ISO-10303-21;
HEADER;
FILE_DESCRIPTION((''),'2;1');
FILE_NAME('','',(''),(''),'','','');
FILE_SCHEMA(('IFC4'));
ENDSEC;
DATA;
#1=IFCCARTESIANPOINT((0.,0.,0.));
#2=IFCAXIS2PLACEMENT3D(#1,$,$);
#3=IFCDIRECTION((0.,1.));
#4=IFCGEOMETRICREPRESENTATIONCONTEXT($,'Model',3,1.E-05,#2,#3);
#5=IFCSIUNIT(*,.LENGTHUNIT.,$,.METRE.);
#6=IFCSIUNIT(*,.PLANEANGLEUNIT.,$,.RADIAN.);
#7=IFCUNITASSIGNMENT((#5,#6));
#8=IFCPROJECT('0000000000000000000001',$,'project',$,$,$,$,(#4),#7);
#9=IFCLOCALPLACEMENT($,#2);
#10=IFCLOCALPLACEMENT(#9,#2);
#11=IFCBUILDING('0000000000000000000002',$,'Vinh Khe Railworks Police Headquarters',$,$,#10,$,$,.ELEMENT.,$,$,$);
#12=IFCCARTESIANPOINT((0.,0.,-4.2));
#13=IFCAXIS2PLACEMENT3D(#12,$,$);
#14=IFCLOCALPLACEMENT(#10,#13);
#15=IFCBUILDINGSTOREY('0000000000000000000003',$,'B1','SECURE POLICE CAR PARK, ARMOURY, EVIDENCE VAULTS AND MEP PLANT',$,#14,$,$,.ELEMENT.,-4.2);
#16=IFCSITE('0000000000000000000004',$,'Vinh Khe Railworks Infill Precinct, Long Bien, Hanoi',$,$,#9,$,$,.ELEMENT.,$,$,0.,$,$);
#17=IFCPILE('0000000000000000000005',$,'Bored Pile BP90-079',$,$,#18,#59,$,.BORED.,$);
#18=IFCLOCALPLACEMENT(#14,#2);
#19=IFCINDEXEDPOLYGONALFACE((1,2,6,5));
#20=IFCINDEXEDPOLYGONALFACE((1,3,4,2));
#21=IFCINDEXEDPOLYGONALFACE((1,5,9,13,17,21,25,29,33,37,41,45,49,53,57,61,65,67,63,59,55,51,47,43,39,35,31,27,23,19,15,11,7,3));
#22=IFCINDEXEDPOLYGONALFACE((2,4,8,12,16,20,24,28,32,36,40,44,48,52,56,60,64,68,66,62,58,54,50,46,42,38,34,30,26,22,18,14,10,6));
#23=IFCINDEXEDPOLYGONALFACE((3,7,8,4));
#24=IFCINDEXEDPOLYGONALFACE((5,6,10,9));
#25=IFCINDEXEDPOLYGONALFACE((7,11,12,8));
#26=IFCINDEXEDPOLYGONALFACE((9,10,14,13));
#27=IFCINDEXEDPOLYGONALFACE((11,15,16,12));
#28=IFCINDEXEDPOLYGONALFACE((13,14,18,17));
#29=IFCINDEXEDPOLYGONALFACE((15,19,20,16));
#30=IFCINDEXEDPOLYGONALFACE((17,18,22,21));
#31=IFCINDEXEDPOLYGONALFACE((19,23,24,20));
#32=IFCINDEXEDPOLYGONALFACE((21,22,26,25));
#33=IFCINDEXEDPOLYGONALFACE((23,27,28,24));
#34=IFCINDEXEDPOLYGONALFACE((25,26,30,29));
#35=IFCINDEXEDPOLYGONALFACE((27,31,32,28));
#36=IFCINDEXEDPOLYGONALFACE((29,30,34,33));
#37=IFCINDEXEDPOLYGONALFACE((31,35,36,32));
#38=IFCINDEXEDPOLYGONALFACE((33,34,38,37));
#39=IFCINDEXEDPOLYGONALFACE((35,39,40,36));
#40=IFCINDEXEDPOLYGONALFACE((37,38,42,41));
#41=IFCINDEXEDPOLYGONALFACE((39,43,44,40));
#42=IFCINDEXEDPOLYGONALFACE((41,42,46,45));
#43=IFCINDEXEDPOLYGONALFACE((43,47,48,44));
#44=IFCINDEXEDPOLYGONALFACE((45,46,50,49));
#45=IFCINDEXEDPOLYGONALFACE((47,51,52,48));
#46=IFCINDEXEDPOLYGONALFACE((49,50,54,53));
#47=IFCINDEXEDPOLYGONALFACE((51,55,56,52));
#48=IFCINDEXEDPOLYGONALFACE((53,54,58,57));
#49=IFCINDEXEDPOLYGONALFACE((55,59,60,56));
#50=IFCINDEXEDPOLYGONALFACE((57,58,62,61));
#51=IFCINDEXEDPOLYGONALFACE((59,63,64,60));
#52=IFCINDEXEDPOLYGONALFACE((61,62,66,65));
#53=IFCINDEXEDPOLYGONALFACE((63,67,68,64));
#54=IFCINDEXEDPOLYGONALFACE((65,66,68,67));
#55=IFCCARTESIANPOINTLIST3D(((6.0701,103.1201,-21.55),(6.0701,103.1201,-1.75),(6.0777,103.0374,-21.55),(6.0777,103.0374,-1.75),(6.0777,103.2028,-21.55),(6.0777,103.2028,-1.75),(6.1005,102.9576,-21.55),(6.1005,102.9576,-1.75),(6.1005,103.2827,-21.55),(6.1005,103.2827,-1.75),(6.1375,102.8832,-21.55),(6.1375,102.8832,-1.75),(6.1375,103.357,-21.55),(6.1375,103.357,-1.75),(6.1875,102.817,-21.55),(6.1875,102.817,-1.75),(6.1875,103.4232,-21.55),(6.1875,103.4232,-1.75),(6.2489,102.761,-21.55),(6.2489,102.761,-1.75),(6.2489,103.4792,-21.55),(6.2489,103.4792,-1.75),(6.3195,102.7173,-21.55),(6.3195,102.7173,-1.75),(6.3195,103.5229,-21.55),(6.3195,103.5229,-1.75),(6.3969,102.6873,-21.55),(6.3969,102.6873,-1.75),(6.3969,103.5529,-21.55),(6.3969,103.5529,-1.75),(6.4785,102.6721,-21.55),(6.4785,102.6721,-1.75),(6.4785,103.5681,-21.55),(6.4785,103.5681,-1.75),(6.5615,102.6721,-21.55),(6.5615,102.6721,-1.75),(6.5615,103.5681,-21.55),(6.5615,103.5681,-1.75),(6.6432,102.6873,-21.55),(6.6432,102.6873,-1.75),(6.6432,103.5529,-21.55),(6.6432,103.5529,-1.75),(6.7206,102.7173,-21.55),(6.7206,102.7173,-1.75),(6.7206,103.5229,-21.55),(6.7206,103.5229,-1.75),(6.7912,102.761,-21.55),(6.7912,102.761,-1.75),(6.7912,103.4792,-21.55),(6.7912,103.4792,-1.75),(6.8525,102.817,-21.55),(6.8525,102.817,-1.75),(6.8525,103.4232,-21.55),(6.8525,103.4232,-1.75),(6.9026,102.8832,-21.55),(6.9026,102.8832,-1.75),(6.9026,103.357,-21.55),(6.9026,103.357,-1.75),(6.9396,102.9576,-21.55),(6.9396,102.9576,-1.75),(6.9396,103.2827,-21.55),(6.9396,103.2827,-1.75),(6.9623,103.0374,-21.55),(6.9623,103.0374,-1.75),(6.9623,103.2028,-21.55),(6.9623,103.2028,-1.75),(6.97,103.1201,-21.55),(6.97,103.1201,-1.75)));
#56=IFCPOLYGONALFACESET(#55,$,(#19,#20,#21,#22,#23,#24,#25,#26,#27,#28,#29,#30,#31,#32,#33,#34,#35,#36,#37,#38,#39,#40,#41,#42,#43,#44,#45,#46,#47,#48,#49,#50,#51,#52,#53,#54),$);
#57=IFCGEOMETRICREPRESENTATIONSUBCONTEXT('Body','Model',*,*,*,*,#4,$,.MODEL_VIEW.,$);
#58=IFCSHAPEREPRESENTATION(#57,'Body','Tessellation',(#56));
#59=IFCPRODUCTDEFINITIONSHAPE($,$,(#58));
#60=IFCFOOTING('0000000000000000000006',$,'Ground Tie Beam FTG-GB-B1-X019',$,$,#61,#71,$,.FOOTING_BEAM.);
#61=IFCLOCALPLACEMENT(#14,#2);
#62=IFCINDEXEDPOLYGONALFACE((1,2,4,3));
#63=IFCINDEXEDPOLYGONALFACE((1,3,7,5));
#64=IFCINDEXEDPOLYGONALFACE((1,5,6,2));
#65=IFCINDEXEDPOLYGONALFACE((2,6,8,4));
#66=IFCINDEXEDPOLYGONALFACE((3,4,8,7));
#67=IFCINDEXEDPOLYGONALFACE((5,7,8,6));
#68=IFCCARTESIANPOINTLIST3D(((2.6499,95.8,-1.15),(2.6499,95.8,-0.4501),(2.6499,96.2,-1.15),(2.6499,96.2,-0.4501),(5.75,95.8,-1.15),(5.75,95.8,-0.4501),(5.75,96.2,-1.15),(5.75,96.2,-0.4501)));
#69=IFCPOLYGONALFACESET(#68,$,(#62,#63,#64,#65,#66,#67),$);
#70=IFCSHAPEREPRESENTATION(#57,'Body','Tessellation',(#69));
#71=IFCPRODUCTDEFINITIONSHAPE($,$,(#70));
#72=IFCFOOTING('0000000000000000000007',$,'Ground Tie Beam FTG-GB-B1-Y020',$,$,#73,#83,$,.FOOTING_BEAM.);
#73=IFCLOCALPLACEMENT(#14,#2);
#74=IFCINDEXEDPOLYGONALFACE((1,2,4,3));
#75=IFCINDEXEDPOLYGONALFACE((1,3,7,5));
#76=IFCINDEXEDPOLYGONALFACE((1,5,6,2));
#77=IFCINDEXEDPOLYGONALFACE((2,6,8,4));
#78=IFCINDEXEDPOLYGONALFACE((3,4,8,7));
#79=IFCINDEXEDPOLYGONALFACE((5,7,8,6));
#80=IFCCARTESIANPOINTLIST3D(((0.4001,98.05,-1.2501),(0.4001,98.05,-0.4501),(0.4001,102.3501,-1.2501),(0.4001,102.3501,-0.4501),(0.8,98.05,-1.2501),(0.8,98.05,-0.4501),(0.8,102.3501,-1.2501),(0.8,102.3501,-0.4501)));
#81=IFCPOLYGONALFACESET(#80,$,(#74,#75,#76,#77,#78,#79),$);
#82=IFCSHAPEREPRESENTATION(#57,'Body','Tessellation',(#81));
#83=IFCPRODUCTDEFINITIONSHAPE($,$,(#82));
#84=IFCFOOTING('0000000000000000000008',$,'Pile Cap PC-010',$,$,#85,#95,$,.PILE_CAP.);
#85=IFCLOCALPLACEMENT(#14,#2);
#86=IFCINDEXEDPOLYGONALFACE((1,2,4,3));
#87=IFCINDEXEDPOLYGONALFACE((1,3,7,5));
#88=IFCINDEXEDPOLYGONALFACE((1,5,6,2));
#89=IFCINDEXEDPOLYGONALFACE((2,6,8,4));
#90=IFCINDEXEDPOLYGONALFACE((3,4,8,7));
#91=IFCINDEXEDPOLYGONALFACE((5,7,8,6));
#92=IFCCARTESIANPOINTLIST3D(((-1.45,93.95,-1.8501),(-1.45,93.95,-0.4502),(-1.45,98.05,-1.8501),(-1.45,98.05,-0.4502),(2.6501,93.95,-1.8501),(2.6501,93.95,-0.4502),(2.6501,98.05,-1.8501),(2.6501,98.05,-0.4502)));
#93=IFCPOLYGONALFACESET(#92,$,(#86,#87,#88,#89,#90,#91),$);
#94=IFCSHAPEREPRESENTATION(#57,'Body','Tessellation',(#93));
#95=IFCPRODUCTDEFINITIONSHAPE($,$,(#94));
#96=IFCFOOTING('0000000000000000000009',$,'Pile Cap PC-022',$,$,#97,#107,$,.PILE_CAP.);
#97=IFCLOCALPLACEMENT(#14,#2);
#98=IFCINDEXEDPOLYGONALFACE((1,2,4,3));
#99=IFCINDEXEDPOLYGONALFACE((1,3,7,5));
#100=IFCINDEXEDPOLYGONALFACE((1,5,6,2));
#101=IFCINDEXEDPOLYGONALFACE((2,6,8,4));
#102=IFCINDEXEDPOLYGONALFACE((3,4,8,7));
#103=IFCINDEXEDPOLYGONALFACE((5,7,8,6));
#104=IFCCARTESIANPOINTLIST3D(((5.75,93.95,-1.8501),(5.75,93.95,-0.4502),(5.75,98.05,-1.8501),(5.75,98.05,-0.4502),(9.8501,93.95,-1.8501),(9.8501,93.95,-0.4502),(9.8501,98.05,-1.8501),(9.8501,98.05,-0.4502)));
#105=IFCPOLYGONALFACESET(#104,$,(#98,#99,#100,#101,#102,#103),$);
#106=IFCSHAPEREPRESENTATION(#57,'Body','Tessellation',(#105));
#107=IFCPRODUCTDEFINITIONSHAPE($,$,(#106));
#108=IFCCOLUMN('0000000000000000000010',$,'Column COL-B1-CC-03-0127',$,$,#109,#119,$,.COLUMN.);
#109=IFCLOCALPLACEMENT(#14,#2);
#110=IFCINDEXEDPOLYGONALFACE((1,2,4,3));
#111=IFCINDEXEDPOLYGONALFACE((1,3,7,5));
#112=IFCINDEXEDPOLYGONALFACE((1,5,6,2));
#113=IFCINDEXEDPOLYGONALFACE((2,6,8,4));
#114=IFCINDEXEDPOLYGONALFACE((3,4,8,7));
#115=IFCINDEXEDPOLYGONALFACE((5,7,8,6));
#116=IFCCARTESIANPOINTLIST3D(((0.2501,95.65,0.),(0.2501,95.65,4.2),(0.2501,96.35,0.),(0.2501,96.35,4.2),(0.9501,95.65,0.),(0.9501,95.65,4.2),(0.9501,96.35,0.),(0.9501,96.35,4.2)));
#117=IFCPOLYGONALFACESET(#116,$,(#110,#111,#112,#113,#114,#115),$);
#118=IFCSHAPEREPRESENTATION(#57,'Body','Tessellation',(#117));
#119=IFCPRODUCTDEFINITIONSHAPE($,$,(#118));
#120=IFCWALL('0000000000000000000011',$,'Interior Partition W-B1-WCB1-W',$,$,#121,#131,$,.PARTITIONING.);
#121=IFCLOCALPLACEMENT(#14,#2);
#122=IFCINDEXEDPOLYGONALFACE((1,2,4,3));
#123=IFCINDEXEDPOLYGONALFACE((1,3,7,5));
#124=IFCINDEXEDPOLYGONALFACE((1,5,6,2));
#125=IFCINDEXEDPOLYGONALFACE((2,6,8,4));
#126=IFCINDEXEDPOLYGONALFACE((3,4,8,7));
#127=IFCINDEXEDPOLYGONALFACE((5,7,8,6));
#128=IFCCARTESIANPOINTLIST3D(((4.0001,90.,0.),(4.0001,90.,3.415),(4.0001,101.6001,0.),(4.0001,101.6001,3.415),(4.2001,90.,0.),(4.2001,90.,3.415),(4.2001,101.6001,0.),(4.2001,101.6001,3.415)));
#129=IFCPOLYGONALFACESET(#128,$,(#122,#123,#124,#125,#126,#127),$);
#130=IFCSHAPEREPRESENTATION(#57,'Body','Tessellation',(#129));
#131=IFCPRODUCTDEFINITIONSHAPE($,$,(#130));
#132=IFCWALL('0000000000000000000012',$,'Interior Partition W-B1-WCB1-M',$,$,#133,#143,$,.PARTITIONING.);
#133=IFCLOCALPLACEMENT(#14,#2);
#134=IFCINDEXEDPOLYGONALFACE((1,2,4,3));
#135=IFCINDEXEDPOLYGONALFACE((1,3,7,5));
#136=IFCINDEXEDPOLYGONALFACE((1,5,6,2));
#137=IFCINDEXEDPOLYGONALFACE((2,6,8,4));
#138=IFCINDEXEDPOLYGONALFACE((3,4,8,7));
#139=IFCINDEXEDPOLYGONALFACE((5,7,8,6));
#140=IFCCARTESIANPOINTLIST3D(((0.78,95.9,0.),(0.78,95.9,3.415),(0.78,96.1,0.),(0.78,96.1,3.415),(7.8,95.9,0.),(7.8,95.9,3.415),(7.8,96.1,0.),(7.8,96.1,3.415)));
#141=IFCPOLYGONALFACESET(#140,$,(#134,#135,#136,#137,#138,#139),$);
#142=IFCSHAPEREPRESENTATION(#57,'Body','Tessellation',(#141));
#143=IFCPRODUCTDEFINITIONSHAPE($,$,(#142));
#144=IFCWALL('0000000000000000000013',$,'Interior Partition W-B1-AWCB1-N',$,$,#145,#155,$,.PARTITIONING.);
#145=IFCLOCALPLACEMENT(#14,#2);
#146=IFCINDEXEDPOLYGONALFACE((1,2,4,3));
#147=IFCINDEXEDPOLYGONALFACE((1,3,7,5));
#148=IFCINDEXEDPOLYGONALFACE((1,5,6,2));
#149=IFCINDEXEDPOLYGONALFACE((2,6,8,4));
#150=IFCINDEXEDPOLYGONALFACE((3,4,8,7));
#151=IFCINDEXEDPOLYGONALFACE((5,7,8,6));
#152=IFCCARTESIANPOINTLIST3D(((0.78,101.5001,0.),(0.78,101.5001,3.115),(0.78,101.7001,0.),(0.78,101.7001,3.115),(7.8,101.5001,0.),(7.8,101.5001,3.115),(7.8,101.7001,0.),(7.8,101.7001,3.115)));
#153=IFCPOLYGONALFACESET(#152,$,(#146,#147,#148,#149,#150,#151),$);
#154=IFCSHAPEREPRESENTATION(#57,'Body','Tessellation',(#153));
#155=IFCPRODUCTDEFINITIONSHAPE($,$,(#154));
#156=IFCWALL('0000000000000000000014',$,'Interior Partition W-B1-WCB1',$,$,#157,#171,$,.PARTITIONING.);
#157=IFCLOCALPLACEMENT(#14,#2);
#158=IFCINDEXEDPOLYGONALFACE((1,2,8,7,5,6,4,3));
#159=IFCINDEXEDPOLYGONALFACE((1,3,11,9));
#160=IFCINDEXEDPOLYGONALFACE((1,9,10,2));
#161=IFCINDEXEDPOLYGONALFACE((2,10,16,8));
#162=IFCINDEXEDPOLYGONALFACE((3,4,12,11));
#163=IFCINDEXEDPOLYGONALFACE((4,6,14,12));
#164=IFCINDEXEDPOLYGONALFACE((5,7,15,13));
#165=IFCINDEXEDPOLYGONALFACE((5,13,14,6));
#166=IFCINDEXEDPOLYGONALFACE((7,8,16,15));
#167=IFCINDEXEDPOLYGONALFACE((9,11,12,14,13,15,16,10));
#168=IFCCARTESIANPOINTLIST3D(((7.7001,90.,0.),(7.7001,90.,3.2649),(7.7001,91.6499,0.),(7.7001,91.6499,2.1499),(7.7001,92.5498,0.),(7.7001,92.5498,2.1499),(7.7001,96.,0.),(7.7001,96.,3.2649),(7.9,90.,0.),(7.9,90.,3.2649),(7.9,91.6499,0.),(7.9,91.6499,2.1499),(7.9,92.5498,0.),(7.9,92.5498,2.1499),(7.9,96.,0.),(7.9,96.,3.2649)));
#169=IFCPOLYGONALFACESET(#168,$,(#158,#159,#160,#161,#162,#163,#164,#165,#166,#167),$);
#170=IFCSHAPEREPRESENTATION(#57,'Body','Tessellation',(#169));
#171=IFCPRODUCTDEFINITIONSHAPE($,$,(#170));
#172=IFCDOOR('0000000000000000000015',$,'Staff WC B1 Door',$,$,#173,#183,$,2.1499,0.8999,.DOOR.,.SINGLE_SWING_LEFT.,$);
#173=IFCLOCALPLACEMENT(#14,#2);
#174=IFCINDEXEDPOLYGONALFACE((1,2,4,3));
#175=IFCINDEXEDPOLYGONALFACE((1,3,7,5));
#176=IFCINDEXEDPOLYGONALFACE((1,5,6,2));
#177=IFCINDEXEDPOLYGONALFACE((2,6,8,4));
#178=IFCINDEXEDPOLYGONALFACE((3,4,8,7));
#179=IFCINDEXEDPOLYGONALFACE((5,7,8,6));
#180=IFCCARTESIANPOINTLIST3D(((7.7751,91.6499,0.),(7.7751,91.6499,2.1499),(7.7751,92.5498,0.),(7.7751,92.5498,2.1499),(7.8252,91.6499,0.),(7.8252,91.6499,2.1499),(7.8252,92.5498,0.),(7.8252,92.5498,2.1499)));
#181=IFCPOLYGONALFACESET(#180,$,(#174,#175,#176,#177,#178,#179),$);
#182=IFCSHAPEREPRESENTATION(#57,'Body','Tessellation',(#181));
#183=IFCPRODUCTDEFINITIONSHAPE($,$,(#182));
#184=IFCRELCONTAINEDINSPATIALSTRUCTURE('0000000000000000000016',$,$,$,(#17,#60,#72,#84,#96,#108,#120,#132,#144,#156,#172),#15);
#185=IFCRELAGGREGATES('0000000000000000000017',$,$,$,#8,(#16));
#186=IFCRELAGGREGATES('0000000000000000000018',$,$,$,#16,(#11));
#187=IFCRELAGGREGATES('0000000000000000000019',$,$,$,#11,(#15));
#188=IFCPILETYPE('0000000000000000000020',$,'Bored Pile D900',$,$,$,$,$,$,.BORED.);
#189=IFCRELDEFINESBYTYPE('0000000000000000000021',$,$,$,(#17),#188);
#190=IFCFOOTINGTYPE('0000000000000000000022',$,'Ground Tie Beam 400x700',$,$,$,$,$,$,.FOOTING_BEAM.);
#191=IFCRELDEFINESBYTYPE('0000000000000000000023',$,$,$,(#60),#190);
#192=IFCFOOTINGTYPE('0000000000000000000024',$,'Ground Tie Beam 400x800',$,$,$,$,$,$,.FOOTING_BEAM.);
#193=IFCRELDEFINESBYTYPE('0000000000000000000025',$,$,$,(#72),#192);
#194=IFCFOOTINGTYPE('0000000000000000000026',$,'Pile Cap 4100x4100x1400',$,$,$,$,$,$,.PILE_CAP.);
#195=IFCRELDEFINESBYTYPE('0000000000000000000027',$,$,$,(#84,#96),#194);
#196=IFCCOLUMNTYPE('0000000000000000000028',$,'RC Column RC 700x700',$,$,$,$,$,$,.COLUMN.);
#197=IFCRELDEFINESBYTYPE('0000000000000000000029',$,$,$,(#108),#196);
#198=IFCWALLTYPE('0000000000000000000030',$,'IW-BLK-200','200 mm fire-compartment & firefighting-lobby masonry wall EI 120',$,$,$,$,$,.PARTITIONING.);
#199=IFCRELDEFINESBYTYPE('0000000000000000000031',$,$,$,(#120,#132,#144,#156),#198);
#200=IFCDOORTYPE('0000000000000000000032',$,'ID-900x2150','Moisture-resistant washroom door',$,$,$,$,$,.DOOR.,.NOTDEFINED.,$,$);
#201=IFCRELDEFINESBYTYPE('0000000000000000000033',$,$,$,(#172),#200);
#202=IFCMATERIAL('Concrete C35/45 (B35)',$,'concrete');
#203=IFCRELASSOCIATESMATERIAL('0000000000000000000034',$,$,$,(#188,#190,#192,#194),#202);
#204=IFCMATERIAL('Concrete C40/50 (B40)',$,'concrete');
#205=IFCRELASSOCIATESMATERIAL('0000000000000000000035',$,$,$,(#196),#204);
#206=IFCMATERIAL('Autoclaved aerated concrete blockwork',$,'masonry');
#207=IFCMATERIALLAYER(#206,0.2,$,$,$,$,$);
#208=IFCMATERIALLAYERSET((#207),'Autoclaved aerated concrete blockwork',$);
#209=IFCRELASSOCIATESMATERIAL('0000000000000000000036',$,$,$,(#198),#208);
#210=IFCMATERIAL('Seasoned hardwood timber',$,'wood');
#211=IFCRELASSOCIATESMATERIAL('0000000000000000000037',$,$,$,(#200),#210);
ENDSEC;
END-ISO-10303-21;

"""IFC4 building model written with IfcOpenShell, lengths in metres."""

from ifc_helpers import new_model, si_unit, direction, frame, frame_2d, origin, origin_2d, place, context, subcontext, project, spatial, rectangle, circle, extrude, material, layer, layer_set, material_profile, profile_set, type_object, element, fill, save


model = new_model("IFC4")

# Units and contexts
model_context = context("Model", 3, precision=1e-05, world=origin(), true_north=direction((0.0, 1.0)))
body_context = subcontext(model_context, "Body", "Model", "MODEL_VIEW")
ifc_project = project(units=[si_unit("LENGTHUNIT", "METRE"), si_unit("PLANEANGLEUNIT", "RADIAN")], contexts=[model_context])

# Site, building, storey
site_placement = place(None, origin())
site = spatial("IfcSite", under=ifc_project, at=site_placement, Name="Vinh Khe Railworks Infill Precinct, Long Bien, Hanoi", CompositionType="ELEMENT", RefElevation=0.0)
building_placement = place(site_placement, origin())
building = spatial("IfcBuilding", under=site, at=building_placement, Name="Vinh Khe Railworks Police Headquarters", CompositionType="ELEMENT")
storey_placement = place(building_placement, frame((0.0, 0.0, -4.2)))
storey = spatial("IfcBuildingStorey", under=building, at=storey_placement, Name="B1", Description="SECURE POLICE CAR PARK, ARMOURY, EVIDENCE VAULTS AND MEP PLANT", CompositionType="ELEMENT", Elevation=-4.2)

# Pile
ifc_material_1 = material(Name="Concrete C35/45 (B35)", Category="concrete")
ifc_material_profile_1 = material_profile(ifc_material_1, circle(Radius=0.45, at=origin_2d()), Name="BORED PILE D900")
ifc_profile_set_1 = profile_set([ifc_material_profile_1], Name="Concrete C35/45 (B35)")
pile_type = type_object("IfcPileType", Name="Bored Pile D900", PredefinedType="BORED", material=ifc_profile_set_1)
for number, where, z_axis, x_axis, name in (
    (1, (6.52, 103.1201, -1.75), (0.0, 0.0, -1.0), (1.0, 0.0, 0.0), "Bored Pile BP90-079"),
):
    element("IfcPile", number, at=place(storey_placement, frame(where, z_axis=z_axis, x_axis=x_axis)), inside=storey, type_object=pile_type, Name=name, PredefinedType="BORED", context=body_context, shape_type="SweptSolid", body=[
        extrude(circle(Radius=0.45, at=origin_2d()), origin(), (0.0, 0.0, 1.0), 19.8),
    ])

# Footings
ifc_material_profile_2 = material_profile(ifc_material_1, rectangle(XDim=0.3999, YDim=0.7, at=origin_2d()), Name="RC 400x700")
ifc_profile_set_2 = profile_set([ifc_material_profile_2], Name="Concrete C35/45 (B35)")
footing_type_1 = type_object("IfcFootingType", Name="Ground Tie Beam 400x700", PredefinedType="FOOTING_BEAM", material=ifc_profile_set_2)
footing_1_placement = place(storey_placement, frame((2.6499, 96.0, -0.8), z_axis=(1.0, 0.0, 0.0), x_axis=(0.0, 1.0, 0.0)))
element("IfcFooting", 2, at=footing_1_placement, inside=storey, type_object=footing_type_1, Name="Ground Tie Beam FTG-GB-B1-X019", PredefinedType="FOOTING_BEAM", context=body_context, shape_type="SweptSolid", body=[
    extrude(rectangle(XDim=0.3999, YDim=0.7, at=origin_2d()), origin(), (0.0, 0.0, 1.0), 3.1001),
])
ifc_material_profile_3 = material_profile(ifc_material_1, rectangle(XDim=0.3999, YDim=0.8, at=origin_2d()), Name="RC 400x800")
ifc_profile_set_3 = profile_set([ifc_material_profile_3], Name="Concrete C35/45 (B35)")
footing_type_2 = type_object("IfcFootingType", Name="Ground Tie Beam 400x800", PredefinedType="FOOTING_BEAM", material=ifc_profile_set_3)
footing_2_placement = place(storey_placement, frame((0.6001, 98.05, -0.8501), z_axis=(0.0, 1.0, 0.0), x_axis=(-1.0, 0.0, 0.0)))
element("IfcFooting", 3, at=footing_2_placement, inside=storey, type_object=footing_type_2, Name="Ground Tie Beam FTG-GB-B1-Y020", PredefinedType="FOOTING_BEAM", context=body_context, shape_type="SweptSolid", body=[
    extrude(rectangle(XDim=0.3999, YDim=0.8, at=origin_2d()), origin(), (0.0, 0.0, 1.0), 4.3),
])
footing_type_3 = type_object("IfcFootingType", Name="Pile Cap 4100x4100x1400", PredefinedType="PILE_CAP", material=ifc_material_1)
for number, where, z_axis, x_axis, name in (
    (4, (0.6001, 96.0, -1.8501), (0.0, 0.0, 1.0), (1.0, 0.0, 0.0), "Pile Cap PC-010"),
    (5, (7.8, 96.0, -1.8501), (0.0, 0.0, 1.0), (1.0, 0.0, 0.0), "Pile Cap PC-022"),
):
    element("IfcFooting", number, at=place(storey_placement, frame(where, z_axis=z_axis, x_axis=x_axis)), inside=storey, type_object=footing_type_3, Name=name, PredefinedType="PILE_CAP", context=body_context, shape_type="SweptSolid", body=[
        extrude(rectangle(XDim=4.1001, YDim=4.1001, at=origin_2d()), origin(), (0.0, 0.0, 1.0), 1.3999),
    ])

# Column
ifc_material_2 = material(Name="Concrete C40/50 (B40)", Category="concrete")
ifc_material_profile_4 = material_profile(ifc_material_2, rectangle(XDim=0.7, YDim=0.7, at=origin_2d()), Name="RC 700x700")
ifc_profile_set_4 = profile_set([ifc_material_profile_4], Name="Concrete C40/50 (B40)")
column_type = type_object("IfcColumnType", Name="RC Column RC 700x700", PredefinedType="COLUMN", material=ifc_profile_set_4)
column_placement = place(storey_placement, frame((0.6001, 96.0, 0.0), z_axis=(0.0, 0.0, 1.0), x_axis=(1.0, 0.0, 0.0)))
element("IfcColumn", 6, at=column_placement, inside=storey, type_object=column_type, Name="Column COL-B1-CC-03-0127", PredefinedType="COLUMN", context=body_context, shape_type="SweptSolid", body=[
    extrude(rectangle(XDim=0.7, YDim=0.7, at=origin_2d()), origin(), (0.0, 0.0, 1.0), 4.2),
])

# Walls
ifc_material_3 = material(Name="Autoclaved aerated concrete blockwork", Category="masonry")
ifc_layer = layer(ifc_material_3, 0.2)
ifc_layer_set = layer_set([ifc_layer], Name="Autoclaved aerated concrete blockwork")
wall_type = type_object("IfcWallType", Name="IW-BLK-200", Description="200 mm fire-compartment & firefighting-lobby masonry wall EI 120", PredefinedType="PARTITIONING", material=ifc_layer_set)
wall_1_placement = place(storey_placement, frame((4.1001, 90.0, 0.0), z_axis=(0.0, 0.0, 1.0), x_axis=(0.0, 1.0, 0.0)))
element("IfcWall", 7, at=wall_1_placement, inside=storey, type_object=wall_type, Name="Interior Partition W-B1-WCB1-W", PredefinedType="PARTITIONING", context=body_context, shape_type="SweptSolid", body=[
    extrude(rectangle(XDim=11.6001, YDim=0.2, at=frame_2d((5.8, 0.0))), origin(), (0.0, 0.0, 1.0), 3.415),
])
wall_2_placement = place(storey_placement, frame((0.78, 96.0, 0.0), z_axis=(0.0, 0.0, 1.0), x_axis=(1.0, 0.0, 0.0)))
element("IfcWall", 8, at=wall_2_placement, inside=storey, type_object=wall_type, Name="Interior Partition W-B1-WCB1-M", PredefinedType="PARTITIONING", context=body_context, shape_type="SweptSolid", body=[
    extrude(rectangle(XDim=7.02, YDim=0.2, at=frame_2d((3.51, 0.0))), origin(), (0.0, 0.0, 1.0), 3.415),
])
wall_3_placement = place(storey_placement, frame((0.78, 101.6001, 0.0), z_axis=(0.0, 0.0, 1.0), x_axis=(1.0, 0.0, 0.0)))
element("IfcWall", 9, at=wall_3_placement, inside=storey, type_object=wall_type, Name="Interior Partition W-B1-AWCB1-N", PredefinedType="PARTITIONING", context=body_context, shape_type="SweptSolid", body=[
    extrude(rectangle(XDim=7.02, YDim=0.2, at=frame_2d((3.51, 0.0))), origin(), (0.0, 0.0, 1.0), 3.115),
])

# Wall, opening, door
wall_4_placement = place(storey_placement, frame((7.8, 90.0, 0.0), z_axis=(0.0, 0.0, 1.0), x_axis=(0.0, 1.0, 0.0)))
wall_4 = element("IfcWall", 10, at=wall_4_placement, inside=storey, type_object=wall_type, Name="Interior Partition W-B1-WCB1", PredefinedType="PARTITIONING", context=body_context, shape_type="SweptSolid", body=[
    extrude(rectangle(XDim=6.0, YDim=0.2, at=frame_2d((3.0, 0.0))), origin(), (0.0, 0.0, 1.0), 3.2649),
])
opening_placement = place(wall_4_placement, frame((1.6499, 0.0, 0.0)))
opening = element("IfcOpeningElement", 11, at=opening_placement, cuts=wall_4, PredefinedType="OPENING", context=body_context, shape_type="SweptSolid", body=[
    extrude(rectangle(XDim=0.8999, YDim=2.1499, at=frame_2d((0.45, 1.075))), frame((0.0, 0.1147, 0.0), z_axis=(0.0, -1.0, 0.0), x_axis=(1.0, 0.0, 0.0)), (0.0, 0.0, 1.0), 0.2297),
])
ifc_material_4 = material(Name="Seasoned hardwood timber", Category="wood")
door_type = type_object("IfcDoorType", Name="ID-900x2150", Description="Moisture-resistant washroom door", OperationType="NOTDEFINED", PredefinedType="DOOR", material=ifc_material_4)
door_placement = place(opening_placement, origin())
door = element("IfcDoor", 12, at=door_placement, inside=storey, type_object=door_type, Name="Staff WC B1 Door", OperationType="SINGLE_SWING_LEFT", OverallHeight=2.1499, OverallWidth=0.8999, PredefinedType="DOOR", context=body_context, shape_type="SweptSolid", body=[
    extrude(rectangle(XDim=0.8999, YDim=2.1499, at=frame_2d((0.45, 1.075))), frame((0.0, 0.0249, 0.0), z_axis=(0.0, -1.0, 0.0), x_axis=(1.0, 0.0, 0.0)), (0.0, 0.0, 1.0), 0.05),
])
fill(opening, door)

save(model, "model.ifc")
